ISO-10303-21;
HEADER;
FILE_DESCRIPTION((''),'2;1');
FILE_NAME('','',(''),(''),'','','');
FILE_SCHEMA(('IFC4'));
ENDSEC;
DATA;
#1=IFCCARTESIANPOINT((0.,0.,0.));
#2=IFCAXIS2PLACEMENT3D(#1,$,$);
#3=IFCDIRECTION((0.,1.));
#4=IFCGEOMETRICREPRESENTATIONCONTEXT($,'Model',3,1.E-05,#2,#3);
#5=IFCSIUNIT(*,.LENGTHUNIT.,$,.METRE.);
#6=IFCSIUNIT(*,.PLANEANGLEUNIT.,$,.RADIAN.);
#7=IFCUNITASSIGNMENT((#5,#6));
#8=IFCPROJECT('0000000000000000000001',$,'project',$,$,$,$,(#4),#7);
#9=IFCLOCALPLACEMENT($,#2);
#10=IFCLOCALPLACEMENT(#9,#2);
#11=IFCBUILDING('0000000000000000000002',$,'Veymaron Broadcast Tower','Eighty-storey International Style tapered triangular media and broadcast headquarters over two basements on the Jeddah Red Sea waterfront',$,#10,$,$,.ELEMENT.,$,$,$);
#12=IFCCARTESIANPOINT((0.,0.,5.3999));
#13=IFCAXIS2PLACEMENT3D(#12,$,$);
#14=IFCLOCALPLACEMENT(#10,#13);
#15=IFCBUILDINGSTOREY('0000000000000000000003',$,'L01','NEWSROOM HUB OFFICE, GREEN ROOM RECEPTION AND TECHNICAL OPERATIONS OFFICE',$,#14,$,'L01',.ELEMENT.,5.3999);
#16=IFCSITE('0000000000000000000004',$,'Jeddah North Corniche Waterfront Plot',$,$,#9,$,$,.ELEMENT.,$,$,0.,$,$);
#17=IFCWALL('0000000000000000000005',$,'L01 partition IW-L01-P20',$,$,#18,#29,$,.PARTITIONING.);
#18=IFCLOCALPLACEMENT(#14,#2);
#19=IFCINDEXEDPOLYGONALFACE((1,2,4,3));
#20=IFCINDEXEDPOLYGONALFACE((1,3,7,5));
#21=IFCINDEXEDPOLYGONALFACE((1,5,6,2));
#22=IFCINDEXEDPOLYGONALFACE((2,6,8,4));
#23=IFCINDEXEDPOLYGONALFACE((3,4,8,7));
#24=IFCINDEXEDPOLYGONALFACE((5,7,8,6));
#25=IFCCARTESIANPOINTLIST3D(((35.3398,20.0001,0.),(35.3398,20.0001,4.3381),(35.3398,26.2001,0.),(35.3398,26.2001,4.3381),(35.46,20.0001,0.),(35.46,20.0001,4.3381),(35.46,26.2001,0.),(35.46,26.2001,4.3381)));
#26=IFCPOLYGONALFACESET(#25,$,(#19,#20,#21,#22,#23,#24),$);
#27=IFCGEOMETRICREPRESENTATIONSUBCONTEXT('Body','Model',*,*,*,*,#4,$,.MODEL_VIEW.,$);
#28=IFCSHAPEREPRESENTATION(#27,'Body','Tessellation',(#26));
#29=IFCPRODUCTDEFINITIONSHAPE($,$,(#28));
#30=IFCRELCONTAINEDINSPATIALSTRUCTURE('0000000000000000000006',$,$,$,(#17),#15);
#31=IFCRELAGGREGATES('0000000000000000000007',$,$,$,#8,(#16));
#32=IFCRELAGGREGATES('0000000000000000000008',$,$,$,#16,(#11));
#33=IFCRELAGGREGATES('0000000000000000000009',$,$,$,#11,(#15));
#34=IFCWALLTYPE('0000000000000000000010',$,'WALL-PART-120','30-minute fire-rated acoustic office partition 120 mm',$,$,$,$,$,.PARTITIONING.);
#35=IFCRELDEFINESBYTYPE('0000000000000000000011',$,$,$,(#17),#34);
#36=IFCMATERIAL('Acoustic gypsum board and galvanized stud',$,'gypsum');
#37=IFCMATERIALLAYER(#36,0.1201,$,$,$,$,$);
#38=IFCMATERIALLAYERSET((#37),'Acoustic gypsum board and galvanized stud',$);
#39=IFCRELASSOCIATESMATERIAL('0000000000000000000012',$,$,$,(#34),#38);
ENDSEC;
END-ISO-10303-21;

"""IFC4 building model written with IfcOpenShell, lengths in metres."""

from ifc_helpers import new_model, si_unit, direction, frame, frame_2d, origin, place, context, subcontext, project, spatial, rectangle, extrude, material, layer, layer_set, type_object, element, save


model = new_model("IFC4")

# Units and contexts
model_context = context("Model", 3, precision=1e-05, world=origin(), true_north=direction((0.0, 1.0)))
body_context = subcontext(model_context, "Body", "Model", "MODEL_VIEW")
ifc_project = project(units=[si_unit("LENGTHUNIT", "METRE"), si_unit("PLANEANGLEUNIT", "RADIAN")], contexts=[model_context])

# Site, building, storey
site_placement = place(None, origin())
site = spatial("IfcSite", under=ifc_project, at=site_placement, Name="Jeddah North Corniche Waterfront Plot", CompositionType="ELEMENT", RefElevation=0.0)
building_placement = place(site_placement, origin())
building = spatial("IfcBuilding", under=site, at=building_placement, Name="Veymaron Broadcast Tower", Description="Eighty-storey International Style tapered triangular media and broadcast headquarters over two basements on the Jeddah Red Sea waterfront", CompositionType="ELEMENT")
storey_placement = place(building_placement, frame((0.0, 0.0, 5.3999)))
storey = spatial("IfcBuildingStorey", under=building, at=storey_placement, Name="L01", Description="NEWSROOM HUB OFFICE, GREEN ROOM RECEPTION AND TECHNICAL OPERATIONS OFFICE", LongName="L01", CompositionType="ELEMENT", Elevation=5.3999)

# Wall
ifc_material_1 = material(Name="Acoustic gypsum board and galvanized stud", Category="gypsum")
ifc_layer_1 = layer(ifc_material_1, 0.1201)
ifc_layer_set_1 = layer_set([ifc_layer_1], Name="Acoustic gypsum board and galvanized stud")
wall_type_1 = type_object("IfcWallType", Name="WALL-PART-120", Description="30-minute fire-rated acoustic office partition 120 mm", PredefinedType="PARTITIONING", material=ifc_layer_set_1)
wall_1_placement = place(storey_placement, frame((35.3999, 20.0, 0.0), z_axis=(0.0, 0.0, 1.0), x_axis=(0.0, 1.0, 0.0)))
element("IfcWall", 1, at=wall_1_placement, inside=storey, type_object=wall_type_1, Name="L01 partition IW-L01-P20", PredefinedType="PARTITIONING", context=body_context, shape_type="SweptSolid", body=[
    extrude(rectangle(XDim=6.2, YDim=0.1201, at=frame_2d((3.1001, 0.0))), origin(), (0.0, 0.0, 1.0), 4.3381),
])

save(model, "model.ifc")
